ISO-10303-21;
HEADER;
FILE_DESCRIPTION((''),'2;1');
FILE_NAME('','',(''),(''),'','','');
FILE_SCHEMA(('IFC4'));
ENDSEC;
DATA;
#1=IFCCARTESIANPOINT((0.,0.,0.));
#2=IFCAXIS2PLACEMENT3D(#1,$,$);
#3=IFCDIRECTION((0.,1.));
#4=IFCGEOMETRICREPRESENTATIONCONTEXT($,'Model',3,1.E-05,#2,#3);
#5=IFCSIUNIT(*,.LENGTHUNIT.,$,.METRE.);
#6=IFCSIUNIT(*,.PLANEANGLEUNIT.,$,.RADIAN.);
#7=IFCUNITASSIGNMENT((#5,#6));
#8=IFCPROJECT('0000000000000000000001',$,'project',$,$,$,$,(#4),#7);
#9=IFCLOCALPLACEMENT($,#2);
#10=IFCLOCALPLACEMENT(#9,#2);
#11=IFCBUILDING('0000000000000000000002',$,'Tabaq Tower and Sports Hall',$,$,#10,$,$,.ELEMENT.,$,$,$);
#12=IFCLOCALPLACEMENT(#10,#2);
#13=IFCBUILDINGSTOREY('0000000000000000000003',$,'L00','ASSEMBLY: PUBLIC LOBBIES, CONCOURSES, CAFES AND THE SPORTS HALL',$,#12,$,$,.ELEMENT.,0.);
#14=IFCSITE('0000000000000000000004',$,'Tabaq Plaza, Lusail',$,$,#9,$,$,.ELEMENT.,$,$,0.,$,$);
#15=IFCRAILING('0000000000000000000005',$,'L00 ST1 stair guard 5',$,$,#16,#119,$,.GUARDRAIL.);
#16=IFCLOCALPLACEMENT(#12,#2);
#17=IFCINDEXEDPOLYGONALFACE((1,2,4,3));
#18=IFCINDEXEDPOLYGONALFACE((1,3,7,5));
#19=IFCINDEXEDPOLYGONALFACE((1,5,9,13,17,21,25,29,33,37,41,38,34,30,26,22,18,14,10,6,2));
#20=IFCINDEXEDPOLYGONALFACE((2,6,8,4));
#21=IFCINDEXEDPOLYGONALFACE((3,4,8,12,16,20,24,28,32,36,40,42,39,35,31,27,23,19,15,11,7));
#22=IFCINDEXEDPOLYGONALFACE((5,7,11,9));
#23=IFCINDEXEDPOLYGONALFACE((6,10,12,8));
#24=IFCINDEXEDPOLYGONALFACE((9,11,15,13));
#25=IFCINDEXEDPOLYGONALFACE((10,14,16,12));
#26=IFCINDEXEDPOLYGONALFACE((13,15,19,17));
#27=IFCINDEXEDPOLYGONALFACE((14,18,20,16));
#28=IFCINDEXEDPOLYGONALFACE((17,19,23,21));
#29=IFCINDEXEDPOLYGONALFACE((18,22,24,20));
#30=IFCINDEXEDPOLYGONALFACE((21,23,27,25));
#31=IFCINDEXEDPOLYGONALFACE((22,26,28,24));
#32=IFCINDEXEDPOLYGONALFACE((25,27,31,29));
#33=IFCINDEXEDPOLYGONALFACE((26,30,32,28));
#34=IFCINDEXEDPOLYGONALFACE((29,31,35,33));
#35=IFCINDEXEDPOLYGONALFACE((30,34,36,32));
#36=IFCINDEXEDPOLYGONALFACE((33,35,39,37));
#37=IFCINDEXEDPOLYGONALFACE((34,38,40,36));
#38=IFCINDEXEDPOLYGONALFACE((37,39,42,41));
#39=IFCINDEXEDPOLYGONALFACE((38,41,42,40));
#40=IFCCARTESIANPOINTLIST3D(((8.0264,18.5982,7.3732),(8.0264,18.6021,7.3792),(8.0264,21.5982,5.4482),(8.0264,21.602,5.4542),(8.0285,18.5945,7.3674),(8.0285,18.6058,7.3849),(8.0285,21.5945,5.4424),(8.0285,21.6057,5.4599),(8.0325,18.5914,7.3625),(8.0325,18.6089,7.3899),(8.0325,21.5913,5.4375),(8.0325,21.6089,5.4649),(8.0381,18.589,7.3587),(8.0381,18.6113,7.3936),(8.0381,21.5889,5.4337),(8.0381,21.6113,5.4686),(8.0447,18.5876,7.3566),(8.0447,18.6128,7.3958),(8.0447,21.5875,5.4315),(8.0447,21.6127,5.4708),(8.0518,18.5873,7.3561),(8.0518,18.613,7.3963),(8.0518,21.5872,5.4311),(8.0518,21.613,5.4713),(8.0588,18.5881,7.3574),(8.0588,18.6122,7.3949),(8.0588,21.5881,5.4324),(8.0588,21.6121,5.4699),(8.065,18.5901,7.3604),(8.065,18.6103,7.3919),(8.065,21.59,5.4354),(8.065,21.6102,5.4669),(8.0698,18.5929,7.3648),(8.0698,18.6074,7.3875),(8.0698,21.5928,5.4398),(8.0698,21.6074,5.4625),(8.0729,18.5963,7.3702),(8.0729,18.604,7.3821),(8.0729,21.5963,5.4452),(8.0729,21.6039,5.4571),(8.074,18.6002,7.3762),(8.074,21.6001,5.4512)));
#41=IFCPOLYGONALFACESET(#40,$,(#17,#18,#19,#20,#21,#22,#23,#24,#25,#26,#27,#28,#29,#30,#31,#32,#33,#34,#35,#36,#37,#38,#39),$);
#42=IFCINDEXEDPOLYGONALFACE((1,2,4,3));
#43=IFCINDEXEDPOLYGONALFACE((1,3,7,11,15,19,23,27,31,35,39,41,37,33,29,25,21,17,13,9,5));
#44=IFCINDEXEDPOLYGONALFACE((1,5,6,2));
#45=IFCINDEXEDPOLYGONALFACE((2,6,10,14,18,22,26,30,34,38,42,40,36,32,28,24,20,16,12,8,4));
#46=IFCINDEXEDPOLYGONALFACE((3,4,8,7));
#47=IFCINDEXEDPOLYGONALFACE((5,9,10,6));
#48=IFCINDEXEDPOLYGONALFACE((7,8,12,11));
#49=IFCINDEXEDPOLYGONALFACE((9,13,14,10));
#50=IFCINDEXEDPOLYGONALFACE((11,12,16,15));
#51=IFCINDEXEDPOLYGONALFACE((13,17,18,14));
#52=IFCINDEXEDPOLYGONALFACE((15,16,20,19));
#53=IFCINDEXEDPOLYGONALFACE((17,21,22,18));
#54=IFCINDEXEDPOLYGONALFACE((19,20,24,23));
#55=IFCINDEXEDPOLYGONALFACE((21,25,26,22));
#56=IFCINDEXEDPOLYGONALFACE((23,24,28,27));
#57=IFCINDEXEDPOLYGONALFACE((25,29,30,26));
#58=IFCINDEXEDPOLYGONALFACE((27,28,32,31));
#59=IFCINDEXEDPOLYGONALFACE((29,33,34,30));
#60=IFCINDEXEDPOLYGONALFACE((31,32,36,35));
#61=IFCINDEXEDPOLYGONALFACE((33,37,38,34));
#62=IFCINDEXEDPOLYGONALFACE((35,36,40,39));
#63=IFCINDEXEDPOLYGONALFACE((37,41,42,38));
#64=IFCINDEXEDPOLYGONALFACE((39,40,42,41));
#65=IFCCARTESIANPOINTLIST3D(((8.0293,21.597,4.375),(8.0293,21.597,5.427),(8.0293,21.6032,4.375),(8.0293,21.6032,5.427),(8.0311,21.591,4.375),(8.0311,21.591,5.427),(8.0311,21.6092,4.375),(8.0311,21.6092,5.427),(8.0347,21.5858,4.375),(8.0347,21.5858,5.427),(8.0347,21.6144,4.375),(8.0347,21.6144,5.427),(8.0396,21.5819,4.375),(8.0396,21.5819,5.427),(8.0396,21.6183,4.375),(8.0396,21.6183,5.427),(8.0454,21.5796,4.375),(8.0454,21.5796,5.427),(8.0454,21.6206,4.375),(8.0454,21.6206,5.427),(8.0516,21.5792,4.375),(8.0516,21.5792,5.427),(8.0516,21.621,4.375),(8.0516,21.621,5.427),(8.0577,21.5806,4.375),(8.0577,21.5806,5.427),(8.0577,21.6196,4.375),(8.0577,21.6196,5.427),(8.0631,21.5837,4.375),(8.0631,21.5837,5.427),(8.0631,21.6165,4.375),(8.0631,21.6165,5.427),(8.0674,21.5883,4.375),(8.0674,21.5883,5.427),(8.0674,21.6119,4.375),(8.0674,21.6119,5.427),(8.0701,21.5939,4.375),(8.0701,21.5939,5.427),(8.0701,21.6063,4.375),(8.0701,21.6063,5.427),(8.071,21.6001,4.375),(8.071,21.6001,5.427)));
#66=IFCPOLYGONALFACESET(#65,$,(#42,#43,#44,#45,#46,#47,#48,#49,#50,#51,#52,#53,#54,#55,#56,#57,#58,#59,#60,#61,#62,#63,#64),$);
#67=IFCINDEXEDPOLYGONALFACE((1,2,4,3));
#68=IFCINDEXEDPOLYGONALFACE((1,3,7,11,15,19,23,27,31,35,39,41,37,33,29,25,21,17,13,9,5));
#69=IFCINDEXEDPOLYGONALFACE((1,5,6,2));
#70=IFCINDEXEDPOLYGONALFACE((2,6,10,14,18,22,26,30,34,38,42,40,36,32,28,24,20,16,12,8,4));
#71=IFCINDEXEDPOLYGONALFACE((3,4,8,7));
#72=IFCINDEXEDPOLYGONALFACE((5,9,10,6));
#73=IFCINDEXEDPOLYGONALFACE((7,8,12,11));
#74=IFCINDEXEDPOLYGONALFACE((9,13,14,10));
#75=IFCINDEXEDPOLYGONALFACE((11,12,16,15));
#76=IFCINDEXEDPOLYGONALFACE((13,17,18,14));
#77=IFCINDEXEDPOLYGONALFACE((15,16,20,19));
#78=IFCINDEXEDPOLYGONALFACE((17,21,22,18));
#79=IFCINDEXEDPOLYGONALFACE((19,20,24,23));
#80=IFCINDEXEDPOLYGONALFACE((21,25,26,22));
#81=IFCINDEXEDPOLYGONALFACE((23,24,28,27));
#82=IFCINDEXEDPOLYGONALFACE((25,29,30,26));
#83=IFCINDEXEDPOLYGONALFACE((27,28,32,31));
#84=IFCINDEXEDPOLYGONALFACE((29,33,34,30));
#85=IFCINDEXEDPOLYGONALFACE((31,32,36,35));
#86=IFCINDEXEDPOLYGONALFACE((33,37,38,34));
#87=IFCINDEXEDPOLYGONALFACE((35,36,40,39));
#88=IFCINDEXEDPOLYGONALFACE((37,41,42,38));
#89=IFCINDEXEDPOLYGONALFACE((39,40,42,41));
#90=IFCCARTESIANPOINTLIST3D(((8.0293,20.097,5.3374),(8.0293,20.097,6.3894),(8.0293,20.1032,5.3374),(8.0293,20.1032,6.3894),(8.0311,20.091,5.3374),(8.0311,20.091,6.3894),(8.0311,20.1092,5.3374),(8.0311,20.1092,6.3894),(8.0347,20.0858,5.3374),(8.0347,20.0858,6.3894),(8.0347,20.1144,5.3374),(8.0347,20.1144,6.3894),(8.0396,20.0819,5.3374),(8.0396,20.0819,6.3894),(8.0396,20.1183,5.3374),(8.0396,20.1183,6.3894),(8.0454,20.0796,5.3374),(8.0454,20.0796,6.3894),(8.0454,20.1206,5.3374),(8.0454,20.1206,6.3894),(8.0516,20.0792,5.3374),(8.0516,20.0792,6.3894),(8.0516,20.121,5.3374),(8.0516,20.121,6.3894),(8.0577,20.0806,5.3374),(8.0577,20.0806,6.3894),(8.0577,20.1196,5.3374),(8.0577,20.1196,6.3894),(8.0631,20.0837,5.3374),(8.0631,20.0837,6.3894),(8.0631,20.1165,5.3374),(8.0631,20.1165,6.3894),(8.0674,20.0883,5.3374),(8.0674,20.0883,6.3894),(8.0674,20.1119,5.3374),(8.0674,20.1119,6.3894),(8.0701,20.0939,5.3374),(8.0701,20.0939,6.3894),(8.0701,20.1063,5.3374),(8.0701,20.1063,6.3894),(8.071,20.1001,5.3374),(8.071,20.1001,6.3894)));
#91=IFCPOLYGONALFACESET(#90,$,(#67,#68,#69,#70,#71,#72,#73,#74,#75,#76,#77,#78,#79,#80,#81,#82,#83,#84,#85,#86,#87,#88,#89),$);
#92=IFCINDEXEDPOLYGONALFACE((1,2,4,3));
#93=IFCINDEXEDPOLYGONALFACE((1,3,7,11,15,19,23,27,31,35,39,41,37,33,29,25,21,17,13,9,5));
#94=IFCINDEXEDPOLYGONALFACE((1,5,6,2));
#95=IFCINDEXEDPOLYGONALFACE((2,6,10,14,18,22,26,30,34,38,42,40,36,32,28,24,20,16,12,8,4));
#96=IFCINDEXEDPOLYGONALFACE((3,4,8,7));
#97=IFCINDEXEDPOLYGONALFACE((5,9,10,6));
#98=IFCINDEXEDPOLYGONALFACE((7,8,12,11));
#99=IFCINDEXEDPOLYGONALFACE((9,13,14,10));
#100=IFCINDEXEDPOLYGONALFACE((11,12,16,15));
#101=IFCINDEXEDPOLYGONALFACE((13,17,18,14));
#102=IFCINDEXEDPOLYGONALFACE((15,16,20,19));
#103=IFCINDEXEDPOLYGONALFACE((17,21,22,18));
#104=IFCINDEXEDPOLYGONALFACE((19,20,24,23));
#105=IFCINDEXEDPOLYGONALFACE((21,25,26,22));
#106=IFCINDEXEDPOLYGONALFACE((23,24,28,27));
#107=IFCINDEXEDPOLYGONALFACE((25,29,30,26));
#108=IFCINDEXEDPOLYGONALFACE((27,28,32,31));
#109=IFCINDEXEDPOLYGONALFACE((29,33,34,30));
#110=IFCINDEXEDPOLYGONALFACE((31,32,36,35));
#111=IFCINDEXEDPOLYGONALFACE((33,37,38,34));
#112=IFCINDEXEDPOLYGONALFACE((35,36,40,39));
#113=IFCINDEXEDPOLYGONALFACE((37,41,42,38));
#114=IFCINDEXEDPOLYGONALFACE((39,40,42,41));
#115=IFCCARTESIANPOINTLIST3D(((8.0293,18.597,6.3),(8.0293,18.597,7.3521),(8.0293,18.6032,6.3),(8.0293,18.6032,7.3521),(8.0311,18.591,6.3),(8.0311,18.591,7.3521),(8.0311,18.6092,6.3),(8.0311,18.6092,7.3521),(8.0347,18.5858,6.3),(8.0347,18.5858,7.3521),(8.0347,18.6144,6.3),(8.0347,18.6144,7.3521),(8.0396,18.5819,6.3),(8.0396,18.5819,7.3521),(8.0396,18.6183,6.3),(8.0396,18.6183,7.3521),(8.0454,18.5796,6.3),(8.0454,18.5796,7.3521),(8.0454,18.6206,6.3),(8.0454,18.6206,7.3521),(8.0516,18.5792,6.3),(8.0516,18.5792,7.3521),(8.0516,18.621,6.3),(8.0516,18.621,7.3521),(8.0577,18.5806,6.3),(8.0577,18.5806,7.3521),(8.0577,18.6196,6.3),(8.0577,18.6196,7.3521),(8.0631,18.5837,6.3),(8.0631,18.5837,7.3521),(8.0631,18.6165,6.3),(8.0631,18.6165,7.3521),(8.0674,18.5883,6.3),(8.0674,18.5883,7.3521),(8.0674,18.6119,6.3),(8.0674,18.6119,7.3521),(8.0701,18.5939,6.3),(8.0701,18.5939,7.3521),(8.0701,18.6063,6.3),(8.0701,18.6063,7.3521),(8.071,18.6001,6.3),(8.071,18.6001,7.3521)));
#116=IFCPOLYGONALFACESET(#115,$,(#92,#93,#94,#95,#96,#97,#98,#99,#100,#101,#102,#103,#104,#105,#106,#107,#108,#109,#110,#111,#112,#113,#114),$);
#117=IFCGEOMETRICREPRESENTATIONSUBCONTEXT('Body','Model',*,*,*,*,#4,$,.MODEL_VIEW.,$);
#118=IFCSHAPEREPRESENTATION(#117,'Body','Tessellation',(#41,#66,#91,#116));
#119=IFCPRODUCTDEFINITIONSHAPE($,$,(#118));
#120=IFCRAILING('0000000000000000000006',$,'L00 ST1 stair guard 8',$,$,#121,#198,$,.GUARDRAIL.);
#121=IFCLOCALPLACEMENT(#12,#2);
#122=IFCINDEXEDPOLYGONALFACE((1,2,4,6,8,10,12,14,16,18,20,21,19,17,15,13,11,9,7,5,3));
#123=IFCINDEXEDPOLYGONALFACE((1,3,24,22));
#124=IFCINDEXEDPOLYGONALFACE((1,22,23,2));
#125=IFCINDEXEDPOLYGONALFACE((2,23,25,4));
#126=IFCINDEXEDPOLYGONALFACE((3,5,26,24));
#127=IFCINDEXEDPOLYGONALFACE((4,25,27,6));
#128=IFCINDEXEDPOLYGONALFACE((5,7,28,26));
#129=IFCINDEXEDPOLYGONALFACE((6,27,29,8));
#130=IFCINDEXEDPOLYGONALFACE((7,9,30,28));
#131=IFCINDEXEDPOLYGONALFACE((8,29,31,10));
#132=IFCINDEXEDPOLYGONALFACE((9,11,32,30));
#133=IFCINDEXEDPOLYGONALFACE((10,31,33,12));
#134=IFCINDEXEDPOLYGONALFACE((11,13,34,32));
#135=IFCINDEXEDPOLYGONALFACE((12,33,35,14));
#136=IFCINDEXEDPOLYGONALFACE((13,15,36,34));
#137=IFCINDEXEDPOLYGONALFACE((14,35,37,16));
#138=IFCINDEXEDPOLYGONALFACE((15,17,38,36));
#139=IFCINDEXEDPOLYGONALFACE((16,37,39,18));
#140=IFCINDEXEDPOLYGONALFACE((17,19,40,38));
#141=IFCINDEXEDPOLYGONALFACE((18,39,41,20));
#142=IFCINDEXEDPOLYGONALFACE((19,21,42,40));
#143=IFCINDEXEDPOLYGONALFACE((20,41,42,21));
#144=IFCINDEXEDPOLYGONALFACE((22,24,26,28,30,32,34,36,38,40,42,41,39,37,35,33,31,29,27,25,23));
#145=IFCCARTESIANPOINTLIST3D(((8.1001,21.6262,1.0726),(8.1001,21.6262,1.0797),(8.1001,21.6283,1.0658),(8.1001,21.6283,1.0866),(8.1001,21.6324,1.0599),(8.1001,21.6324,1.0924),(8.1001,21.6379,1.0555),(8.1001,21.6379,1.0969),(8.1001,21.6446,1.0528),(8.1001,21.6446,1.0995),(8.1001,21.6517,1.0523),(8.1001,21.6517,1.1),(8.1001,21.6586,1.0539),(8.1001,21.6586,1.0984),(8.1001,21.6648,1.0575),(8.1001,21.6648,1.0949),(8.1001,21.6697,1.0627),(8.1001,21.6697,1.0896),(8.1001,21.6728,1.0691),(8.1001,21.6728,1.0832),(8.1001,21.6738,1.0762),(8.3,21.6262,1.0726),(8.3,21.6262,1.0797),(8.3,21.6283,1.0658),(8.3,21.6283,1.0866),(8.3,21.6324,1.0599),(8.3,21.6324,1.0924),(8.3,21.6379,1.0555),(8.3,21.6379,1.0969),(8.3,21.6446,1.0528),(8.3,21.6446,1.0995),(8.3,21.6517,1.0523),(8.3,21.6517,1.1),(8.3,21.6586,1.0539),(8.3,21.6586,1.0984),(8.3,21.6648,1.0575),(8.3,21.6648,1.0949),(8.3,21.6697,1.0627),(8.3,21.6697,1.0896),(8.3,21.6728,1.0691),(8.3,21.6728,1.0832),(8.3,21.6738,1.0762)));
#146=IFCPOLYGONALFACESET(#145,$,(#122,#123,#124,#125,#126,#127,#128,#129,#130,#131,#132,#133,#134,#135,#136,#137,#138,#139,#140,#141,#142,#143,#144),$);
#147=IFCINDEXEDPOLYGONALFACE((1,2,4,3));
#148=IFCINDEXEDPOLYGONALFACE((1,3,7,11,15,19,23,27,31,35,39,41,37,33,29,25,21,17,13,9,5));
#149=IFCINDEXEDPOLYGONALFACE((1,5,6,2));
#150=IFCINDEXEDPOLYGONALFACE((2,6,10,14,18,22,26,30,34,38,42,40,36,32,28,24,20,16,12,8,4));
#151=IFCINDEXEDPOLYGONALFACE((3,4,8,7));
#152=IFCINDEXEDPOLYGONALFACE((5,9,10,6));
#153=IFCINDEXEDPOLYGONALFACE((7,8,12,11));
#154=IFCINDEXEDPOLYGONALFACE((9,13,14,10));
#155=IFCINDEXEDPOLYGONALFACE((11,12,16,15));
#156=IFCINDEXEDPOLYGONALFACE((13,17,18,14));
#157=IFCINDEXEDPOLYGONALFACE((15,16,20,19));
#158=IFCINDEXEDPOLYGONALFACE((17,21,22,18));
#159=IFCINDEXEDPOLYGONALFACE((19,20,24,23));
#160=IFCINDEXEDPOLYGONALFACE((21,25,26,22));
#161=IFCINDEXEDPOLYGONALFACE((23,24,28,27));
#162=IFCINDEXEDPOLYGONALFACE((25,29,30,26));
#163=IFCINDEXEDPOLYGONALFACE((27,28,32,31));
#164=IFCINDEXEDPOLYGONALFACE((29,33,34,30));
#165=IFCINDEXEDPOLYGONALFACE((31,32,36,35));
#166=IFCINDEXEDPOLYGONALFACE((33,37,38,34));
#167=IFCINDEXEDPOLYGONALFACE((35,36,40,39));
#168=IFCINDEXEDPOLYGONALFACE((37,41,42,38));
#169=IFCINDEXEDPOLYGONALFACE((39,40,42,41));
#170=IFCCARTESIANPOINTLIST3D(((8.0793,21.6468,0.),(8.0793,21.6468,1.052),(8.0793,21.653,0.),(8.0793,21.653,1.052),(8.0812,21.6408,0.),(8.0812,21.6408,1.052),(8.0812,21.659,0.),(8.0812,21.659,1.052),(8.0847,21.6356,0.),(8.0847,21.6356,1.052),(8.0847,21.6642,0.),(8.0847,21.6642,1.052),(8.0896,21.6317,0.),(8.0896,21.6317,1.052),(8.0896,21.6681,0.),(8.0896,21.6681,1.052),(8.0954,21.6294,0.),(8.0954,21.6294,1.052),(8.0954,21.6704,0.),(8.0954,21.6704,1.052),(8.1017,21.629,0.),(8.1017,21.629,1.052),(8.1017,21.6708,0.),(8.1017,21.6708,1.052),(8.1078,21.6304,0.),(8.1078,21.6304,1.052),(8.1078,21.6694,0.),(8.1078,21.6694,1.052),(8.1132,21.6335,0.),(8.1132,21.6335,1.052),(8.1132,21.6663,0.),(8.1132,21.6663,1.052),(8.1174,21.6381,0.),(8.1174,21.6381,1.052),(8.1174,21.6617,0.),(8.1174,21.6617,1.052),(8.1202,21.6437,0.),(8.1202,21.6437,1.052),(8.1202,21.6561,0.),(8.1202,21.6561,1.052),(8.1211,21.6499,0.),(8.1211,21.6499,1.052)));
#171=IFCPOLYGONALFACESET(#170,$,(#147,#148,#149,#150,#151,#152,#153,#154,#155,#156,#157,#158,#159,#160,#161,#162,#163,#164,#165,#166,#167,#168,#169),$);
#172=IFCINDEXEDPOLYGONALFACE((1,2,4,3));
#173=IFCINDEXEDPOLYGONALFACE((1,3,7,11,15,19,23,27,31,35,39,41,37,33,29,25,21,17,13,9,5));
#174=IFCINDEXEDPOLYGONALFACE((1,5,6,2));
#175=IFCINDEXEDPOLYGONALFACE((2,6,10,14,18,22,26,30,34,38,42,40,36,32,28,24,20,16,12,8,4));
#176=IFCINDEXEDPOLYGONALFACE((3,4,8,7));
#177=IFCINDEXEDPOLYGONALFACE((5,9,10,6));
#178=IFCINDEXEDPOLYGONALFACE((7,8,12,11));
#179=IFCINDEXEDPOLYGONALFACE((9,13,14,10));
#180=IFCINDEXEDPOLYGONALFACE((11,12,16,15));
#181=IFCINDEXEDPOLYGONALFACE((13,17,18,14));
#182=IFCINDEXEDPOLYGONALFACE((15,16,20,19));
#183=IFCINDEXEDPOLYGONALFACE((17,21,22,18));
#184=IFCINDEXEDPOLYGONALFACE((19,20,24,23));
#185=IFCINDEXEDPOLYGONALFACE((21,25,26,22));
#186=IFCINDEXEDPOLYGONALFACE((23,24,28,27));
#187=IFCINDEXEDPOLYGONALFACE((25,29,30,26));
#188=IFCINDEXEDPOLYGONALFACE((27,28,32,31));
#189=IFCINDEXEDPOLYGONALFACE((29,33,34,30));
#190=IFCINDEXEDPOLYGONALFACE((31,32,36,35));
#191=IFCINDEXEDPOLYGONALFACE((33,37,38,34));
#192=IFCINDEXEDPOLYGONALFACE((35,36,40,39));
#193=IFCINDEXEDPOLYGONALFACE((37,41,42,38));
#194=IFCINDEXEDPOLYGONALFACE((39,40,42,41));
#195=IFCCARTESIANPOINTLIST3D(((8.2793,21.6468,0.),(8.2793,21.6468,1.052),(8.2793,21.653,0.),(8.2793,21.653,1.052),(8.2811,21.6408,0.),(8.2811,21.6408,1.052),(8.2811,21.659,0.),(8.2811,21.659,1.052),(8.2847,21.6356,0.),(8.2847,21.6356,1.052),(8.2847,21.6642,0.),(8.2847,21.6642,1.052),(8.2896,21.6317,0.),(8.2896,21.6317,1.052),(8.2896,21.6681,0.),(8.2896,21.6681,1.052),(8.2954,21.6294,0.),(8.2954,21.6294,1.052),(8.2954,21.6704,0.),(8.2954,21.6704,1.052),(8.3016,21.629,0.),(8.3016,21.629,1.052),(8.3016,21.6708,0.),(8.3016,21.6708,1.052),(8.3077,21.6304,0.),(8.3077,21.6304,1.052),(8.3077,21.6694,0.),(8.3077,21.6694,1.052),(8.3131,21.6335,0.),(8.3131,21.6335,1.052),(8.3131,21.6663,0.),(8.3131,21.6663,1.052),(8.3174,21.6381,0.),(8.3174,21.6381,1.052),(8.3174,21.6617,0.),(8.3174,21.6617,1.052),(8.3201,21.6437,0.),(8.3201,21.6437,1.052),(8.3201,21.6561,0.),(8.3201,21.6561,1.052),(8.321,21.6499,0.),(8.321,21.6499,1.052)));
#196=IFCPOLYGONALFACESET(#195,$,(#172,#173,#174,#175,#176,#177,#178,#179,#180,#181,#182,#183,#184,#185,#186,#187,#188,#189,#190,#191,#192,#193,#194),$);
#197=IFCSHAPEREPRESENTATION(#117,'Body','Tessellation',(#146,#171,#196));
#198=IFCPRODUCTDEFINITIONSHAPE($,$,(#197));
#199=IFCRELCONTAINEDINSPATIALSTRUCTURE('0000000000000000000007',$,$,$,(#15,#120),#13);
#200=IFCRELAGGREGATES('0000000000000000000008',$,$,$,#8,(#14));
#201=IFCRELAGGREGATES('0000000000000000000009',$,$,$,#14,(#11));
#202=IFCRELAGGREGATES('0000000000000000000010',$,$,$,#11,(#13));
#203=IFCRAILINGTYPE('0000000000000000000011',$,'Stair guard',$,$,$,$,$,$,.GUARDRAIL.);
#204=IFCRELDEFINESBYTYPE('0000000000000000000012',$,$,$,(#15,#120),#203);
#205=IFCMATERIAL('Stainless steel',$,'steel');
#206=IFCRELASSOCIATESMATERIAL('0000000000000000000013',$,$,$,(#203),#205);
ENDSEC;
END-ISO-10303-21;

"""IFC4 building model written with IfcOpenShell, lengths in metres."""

from ifc_helpers import new_model, si_unit, direction, frame, origin, origin_2d, place, context, subcontext, project, spatial, circle, extrude, material, type_object, element, save


model = new_model("IFC4")

# Units and contexts
model_context = context("Model", 3, precision=1e-05, world=origin(), true_north=direction((0.0, 1.0)))
body_context = subcontext(model_context, "Body", "Model", "MODEL_VIEW")
ifc_project = project(units=[si_unit("LENGTHUNIT", "METRE"), si_unit("PLANEANGLEUNIT", "RADIAN")], contexts=[model_context])

# Site, building, storey
site_placement = place(None, origin())
site = spatial("IfcSite", under=ifc_project, at=site_placement, Name="Tabaq Plaza, Lusail", CompositionType="ELEMENT", RefElevation=0.0)
building_placement = place(site_placement, origin())
building = spatial("IfcBuilding", under=site, at=building_placement, Name="Tabaq Tower and Sports Hall", CompositionType="ELEMENT")
storey_placement = place(building_placement, origin())
storey = spatial("IfcBuildingStorey", under=building, at=storey_placement, Name="L00", Description="ASSEMBLY: PUBLIC LOBBIES, CONCOURSES, CAFES AND THE SPORTS HALL", CompositionType="ELEMENT", Elevation=0.0)

# Railings
ifc_material_1 = material(Name="Stainless steel", Category="steel")
railing_type = type_object("IfcRailingType", Name="Stair guard", PredefinedType="GUARDRAIL", material=ifc_material_1)
railing_1_placement = place(storey_placement, frame((8.05, 21.6001, 4.375)))
element("IfcRailing", 1, at=railing_1_placement, inside=storey, type_object=railing_type, Name="L00 ST1 stair guard 5", PredefinedType="GUARDRAIL", context=body_context, shape_type="SweptSolid", body=[
    extrude(circle(Radius=0.0239, at=origin_2d()), frame((0.0, 0.0, 1.0762), z_axis=(0.0, -0.841628, 0.540058), x_axis=(1.0, 0.0, 0.0)), (0.0, 0.0, 1.0), 3.5645),
    extrude(circle(Radius=0.021, at=origin_2d()), origin(), (0.0, 0.0, 1.0), 1.052),
    extrude(circle(Radius=0.021, at=origin_2d()), frame((0.0, -1.5, 0.9624)), (0.0, 0.0, 1.0), 1.052),
    extrude(circle(Radius=0.021, at=origin_2d()), frame((0.0, -3.0, 1.925)), (0.0, 0.0, 1.0), 1.052),
])
railing_2_placement = place(storey_placement, frame((8.1001, 21.6499, 0.0)))
element("IfcRailing", 2, at=railing_2_placement, inside=storey, type_object=railing_type, Name="L00 ST1 stair guard 8", PredefinedType="GUARDRAIL", context=body_context, shape_type="SweptSolid", body=[
    extrude(circle(Radius=0.0239, at=origin_2d()), frame((0.0, 0.0, 1.0762), z_axis=(1.0, 0.0, 0.0), x_axis=(0.0, 1.0, 0.0)), (0.0, 0.0, 1.0), 0.2),
    extrude(circle(Radius=0.021, at=origin_2d()), origin(), (0.0, 0.0, 1.0), 1.052),
    extrude(circle(Radius=0.021, at=origin_2d()), frame((0.2, 0.0, 0.0)), (0.0, 0.0, 1.0), 1.052),
])

save(model, "model.ifc")
